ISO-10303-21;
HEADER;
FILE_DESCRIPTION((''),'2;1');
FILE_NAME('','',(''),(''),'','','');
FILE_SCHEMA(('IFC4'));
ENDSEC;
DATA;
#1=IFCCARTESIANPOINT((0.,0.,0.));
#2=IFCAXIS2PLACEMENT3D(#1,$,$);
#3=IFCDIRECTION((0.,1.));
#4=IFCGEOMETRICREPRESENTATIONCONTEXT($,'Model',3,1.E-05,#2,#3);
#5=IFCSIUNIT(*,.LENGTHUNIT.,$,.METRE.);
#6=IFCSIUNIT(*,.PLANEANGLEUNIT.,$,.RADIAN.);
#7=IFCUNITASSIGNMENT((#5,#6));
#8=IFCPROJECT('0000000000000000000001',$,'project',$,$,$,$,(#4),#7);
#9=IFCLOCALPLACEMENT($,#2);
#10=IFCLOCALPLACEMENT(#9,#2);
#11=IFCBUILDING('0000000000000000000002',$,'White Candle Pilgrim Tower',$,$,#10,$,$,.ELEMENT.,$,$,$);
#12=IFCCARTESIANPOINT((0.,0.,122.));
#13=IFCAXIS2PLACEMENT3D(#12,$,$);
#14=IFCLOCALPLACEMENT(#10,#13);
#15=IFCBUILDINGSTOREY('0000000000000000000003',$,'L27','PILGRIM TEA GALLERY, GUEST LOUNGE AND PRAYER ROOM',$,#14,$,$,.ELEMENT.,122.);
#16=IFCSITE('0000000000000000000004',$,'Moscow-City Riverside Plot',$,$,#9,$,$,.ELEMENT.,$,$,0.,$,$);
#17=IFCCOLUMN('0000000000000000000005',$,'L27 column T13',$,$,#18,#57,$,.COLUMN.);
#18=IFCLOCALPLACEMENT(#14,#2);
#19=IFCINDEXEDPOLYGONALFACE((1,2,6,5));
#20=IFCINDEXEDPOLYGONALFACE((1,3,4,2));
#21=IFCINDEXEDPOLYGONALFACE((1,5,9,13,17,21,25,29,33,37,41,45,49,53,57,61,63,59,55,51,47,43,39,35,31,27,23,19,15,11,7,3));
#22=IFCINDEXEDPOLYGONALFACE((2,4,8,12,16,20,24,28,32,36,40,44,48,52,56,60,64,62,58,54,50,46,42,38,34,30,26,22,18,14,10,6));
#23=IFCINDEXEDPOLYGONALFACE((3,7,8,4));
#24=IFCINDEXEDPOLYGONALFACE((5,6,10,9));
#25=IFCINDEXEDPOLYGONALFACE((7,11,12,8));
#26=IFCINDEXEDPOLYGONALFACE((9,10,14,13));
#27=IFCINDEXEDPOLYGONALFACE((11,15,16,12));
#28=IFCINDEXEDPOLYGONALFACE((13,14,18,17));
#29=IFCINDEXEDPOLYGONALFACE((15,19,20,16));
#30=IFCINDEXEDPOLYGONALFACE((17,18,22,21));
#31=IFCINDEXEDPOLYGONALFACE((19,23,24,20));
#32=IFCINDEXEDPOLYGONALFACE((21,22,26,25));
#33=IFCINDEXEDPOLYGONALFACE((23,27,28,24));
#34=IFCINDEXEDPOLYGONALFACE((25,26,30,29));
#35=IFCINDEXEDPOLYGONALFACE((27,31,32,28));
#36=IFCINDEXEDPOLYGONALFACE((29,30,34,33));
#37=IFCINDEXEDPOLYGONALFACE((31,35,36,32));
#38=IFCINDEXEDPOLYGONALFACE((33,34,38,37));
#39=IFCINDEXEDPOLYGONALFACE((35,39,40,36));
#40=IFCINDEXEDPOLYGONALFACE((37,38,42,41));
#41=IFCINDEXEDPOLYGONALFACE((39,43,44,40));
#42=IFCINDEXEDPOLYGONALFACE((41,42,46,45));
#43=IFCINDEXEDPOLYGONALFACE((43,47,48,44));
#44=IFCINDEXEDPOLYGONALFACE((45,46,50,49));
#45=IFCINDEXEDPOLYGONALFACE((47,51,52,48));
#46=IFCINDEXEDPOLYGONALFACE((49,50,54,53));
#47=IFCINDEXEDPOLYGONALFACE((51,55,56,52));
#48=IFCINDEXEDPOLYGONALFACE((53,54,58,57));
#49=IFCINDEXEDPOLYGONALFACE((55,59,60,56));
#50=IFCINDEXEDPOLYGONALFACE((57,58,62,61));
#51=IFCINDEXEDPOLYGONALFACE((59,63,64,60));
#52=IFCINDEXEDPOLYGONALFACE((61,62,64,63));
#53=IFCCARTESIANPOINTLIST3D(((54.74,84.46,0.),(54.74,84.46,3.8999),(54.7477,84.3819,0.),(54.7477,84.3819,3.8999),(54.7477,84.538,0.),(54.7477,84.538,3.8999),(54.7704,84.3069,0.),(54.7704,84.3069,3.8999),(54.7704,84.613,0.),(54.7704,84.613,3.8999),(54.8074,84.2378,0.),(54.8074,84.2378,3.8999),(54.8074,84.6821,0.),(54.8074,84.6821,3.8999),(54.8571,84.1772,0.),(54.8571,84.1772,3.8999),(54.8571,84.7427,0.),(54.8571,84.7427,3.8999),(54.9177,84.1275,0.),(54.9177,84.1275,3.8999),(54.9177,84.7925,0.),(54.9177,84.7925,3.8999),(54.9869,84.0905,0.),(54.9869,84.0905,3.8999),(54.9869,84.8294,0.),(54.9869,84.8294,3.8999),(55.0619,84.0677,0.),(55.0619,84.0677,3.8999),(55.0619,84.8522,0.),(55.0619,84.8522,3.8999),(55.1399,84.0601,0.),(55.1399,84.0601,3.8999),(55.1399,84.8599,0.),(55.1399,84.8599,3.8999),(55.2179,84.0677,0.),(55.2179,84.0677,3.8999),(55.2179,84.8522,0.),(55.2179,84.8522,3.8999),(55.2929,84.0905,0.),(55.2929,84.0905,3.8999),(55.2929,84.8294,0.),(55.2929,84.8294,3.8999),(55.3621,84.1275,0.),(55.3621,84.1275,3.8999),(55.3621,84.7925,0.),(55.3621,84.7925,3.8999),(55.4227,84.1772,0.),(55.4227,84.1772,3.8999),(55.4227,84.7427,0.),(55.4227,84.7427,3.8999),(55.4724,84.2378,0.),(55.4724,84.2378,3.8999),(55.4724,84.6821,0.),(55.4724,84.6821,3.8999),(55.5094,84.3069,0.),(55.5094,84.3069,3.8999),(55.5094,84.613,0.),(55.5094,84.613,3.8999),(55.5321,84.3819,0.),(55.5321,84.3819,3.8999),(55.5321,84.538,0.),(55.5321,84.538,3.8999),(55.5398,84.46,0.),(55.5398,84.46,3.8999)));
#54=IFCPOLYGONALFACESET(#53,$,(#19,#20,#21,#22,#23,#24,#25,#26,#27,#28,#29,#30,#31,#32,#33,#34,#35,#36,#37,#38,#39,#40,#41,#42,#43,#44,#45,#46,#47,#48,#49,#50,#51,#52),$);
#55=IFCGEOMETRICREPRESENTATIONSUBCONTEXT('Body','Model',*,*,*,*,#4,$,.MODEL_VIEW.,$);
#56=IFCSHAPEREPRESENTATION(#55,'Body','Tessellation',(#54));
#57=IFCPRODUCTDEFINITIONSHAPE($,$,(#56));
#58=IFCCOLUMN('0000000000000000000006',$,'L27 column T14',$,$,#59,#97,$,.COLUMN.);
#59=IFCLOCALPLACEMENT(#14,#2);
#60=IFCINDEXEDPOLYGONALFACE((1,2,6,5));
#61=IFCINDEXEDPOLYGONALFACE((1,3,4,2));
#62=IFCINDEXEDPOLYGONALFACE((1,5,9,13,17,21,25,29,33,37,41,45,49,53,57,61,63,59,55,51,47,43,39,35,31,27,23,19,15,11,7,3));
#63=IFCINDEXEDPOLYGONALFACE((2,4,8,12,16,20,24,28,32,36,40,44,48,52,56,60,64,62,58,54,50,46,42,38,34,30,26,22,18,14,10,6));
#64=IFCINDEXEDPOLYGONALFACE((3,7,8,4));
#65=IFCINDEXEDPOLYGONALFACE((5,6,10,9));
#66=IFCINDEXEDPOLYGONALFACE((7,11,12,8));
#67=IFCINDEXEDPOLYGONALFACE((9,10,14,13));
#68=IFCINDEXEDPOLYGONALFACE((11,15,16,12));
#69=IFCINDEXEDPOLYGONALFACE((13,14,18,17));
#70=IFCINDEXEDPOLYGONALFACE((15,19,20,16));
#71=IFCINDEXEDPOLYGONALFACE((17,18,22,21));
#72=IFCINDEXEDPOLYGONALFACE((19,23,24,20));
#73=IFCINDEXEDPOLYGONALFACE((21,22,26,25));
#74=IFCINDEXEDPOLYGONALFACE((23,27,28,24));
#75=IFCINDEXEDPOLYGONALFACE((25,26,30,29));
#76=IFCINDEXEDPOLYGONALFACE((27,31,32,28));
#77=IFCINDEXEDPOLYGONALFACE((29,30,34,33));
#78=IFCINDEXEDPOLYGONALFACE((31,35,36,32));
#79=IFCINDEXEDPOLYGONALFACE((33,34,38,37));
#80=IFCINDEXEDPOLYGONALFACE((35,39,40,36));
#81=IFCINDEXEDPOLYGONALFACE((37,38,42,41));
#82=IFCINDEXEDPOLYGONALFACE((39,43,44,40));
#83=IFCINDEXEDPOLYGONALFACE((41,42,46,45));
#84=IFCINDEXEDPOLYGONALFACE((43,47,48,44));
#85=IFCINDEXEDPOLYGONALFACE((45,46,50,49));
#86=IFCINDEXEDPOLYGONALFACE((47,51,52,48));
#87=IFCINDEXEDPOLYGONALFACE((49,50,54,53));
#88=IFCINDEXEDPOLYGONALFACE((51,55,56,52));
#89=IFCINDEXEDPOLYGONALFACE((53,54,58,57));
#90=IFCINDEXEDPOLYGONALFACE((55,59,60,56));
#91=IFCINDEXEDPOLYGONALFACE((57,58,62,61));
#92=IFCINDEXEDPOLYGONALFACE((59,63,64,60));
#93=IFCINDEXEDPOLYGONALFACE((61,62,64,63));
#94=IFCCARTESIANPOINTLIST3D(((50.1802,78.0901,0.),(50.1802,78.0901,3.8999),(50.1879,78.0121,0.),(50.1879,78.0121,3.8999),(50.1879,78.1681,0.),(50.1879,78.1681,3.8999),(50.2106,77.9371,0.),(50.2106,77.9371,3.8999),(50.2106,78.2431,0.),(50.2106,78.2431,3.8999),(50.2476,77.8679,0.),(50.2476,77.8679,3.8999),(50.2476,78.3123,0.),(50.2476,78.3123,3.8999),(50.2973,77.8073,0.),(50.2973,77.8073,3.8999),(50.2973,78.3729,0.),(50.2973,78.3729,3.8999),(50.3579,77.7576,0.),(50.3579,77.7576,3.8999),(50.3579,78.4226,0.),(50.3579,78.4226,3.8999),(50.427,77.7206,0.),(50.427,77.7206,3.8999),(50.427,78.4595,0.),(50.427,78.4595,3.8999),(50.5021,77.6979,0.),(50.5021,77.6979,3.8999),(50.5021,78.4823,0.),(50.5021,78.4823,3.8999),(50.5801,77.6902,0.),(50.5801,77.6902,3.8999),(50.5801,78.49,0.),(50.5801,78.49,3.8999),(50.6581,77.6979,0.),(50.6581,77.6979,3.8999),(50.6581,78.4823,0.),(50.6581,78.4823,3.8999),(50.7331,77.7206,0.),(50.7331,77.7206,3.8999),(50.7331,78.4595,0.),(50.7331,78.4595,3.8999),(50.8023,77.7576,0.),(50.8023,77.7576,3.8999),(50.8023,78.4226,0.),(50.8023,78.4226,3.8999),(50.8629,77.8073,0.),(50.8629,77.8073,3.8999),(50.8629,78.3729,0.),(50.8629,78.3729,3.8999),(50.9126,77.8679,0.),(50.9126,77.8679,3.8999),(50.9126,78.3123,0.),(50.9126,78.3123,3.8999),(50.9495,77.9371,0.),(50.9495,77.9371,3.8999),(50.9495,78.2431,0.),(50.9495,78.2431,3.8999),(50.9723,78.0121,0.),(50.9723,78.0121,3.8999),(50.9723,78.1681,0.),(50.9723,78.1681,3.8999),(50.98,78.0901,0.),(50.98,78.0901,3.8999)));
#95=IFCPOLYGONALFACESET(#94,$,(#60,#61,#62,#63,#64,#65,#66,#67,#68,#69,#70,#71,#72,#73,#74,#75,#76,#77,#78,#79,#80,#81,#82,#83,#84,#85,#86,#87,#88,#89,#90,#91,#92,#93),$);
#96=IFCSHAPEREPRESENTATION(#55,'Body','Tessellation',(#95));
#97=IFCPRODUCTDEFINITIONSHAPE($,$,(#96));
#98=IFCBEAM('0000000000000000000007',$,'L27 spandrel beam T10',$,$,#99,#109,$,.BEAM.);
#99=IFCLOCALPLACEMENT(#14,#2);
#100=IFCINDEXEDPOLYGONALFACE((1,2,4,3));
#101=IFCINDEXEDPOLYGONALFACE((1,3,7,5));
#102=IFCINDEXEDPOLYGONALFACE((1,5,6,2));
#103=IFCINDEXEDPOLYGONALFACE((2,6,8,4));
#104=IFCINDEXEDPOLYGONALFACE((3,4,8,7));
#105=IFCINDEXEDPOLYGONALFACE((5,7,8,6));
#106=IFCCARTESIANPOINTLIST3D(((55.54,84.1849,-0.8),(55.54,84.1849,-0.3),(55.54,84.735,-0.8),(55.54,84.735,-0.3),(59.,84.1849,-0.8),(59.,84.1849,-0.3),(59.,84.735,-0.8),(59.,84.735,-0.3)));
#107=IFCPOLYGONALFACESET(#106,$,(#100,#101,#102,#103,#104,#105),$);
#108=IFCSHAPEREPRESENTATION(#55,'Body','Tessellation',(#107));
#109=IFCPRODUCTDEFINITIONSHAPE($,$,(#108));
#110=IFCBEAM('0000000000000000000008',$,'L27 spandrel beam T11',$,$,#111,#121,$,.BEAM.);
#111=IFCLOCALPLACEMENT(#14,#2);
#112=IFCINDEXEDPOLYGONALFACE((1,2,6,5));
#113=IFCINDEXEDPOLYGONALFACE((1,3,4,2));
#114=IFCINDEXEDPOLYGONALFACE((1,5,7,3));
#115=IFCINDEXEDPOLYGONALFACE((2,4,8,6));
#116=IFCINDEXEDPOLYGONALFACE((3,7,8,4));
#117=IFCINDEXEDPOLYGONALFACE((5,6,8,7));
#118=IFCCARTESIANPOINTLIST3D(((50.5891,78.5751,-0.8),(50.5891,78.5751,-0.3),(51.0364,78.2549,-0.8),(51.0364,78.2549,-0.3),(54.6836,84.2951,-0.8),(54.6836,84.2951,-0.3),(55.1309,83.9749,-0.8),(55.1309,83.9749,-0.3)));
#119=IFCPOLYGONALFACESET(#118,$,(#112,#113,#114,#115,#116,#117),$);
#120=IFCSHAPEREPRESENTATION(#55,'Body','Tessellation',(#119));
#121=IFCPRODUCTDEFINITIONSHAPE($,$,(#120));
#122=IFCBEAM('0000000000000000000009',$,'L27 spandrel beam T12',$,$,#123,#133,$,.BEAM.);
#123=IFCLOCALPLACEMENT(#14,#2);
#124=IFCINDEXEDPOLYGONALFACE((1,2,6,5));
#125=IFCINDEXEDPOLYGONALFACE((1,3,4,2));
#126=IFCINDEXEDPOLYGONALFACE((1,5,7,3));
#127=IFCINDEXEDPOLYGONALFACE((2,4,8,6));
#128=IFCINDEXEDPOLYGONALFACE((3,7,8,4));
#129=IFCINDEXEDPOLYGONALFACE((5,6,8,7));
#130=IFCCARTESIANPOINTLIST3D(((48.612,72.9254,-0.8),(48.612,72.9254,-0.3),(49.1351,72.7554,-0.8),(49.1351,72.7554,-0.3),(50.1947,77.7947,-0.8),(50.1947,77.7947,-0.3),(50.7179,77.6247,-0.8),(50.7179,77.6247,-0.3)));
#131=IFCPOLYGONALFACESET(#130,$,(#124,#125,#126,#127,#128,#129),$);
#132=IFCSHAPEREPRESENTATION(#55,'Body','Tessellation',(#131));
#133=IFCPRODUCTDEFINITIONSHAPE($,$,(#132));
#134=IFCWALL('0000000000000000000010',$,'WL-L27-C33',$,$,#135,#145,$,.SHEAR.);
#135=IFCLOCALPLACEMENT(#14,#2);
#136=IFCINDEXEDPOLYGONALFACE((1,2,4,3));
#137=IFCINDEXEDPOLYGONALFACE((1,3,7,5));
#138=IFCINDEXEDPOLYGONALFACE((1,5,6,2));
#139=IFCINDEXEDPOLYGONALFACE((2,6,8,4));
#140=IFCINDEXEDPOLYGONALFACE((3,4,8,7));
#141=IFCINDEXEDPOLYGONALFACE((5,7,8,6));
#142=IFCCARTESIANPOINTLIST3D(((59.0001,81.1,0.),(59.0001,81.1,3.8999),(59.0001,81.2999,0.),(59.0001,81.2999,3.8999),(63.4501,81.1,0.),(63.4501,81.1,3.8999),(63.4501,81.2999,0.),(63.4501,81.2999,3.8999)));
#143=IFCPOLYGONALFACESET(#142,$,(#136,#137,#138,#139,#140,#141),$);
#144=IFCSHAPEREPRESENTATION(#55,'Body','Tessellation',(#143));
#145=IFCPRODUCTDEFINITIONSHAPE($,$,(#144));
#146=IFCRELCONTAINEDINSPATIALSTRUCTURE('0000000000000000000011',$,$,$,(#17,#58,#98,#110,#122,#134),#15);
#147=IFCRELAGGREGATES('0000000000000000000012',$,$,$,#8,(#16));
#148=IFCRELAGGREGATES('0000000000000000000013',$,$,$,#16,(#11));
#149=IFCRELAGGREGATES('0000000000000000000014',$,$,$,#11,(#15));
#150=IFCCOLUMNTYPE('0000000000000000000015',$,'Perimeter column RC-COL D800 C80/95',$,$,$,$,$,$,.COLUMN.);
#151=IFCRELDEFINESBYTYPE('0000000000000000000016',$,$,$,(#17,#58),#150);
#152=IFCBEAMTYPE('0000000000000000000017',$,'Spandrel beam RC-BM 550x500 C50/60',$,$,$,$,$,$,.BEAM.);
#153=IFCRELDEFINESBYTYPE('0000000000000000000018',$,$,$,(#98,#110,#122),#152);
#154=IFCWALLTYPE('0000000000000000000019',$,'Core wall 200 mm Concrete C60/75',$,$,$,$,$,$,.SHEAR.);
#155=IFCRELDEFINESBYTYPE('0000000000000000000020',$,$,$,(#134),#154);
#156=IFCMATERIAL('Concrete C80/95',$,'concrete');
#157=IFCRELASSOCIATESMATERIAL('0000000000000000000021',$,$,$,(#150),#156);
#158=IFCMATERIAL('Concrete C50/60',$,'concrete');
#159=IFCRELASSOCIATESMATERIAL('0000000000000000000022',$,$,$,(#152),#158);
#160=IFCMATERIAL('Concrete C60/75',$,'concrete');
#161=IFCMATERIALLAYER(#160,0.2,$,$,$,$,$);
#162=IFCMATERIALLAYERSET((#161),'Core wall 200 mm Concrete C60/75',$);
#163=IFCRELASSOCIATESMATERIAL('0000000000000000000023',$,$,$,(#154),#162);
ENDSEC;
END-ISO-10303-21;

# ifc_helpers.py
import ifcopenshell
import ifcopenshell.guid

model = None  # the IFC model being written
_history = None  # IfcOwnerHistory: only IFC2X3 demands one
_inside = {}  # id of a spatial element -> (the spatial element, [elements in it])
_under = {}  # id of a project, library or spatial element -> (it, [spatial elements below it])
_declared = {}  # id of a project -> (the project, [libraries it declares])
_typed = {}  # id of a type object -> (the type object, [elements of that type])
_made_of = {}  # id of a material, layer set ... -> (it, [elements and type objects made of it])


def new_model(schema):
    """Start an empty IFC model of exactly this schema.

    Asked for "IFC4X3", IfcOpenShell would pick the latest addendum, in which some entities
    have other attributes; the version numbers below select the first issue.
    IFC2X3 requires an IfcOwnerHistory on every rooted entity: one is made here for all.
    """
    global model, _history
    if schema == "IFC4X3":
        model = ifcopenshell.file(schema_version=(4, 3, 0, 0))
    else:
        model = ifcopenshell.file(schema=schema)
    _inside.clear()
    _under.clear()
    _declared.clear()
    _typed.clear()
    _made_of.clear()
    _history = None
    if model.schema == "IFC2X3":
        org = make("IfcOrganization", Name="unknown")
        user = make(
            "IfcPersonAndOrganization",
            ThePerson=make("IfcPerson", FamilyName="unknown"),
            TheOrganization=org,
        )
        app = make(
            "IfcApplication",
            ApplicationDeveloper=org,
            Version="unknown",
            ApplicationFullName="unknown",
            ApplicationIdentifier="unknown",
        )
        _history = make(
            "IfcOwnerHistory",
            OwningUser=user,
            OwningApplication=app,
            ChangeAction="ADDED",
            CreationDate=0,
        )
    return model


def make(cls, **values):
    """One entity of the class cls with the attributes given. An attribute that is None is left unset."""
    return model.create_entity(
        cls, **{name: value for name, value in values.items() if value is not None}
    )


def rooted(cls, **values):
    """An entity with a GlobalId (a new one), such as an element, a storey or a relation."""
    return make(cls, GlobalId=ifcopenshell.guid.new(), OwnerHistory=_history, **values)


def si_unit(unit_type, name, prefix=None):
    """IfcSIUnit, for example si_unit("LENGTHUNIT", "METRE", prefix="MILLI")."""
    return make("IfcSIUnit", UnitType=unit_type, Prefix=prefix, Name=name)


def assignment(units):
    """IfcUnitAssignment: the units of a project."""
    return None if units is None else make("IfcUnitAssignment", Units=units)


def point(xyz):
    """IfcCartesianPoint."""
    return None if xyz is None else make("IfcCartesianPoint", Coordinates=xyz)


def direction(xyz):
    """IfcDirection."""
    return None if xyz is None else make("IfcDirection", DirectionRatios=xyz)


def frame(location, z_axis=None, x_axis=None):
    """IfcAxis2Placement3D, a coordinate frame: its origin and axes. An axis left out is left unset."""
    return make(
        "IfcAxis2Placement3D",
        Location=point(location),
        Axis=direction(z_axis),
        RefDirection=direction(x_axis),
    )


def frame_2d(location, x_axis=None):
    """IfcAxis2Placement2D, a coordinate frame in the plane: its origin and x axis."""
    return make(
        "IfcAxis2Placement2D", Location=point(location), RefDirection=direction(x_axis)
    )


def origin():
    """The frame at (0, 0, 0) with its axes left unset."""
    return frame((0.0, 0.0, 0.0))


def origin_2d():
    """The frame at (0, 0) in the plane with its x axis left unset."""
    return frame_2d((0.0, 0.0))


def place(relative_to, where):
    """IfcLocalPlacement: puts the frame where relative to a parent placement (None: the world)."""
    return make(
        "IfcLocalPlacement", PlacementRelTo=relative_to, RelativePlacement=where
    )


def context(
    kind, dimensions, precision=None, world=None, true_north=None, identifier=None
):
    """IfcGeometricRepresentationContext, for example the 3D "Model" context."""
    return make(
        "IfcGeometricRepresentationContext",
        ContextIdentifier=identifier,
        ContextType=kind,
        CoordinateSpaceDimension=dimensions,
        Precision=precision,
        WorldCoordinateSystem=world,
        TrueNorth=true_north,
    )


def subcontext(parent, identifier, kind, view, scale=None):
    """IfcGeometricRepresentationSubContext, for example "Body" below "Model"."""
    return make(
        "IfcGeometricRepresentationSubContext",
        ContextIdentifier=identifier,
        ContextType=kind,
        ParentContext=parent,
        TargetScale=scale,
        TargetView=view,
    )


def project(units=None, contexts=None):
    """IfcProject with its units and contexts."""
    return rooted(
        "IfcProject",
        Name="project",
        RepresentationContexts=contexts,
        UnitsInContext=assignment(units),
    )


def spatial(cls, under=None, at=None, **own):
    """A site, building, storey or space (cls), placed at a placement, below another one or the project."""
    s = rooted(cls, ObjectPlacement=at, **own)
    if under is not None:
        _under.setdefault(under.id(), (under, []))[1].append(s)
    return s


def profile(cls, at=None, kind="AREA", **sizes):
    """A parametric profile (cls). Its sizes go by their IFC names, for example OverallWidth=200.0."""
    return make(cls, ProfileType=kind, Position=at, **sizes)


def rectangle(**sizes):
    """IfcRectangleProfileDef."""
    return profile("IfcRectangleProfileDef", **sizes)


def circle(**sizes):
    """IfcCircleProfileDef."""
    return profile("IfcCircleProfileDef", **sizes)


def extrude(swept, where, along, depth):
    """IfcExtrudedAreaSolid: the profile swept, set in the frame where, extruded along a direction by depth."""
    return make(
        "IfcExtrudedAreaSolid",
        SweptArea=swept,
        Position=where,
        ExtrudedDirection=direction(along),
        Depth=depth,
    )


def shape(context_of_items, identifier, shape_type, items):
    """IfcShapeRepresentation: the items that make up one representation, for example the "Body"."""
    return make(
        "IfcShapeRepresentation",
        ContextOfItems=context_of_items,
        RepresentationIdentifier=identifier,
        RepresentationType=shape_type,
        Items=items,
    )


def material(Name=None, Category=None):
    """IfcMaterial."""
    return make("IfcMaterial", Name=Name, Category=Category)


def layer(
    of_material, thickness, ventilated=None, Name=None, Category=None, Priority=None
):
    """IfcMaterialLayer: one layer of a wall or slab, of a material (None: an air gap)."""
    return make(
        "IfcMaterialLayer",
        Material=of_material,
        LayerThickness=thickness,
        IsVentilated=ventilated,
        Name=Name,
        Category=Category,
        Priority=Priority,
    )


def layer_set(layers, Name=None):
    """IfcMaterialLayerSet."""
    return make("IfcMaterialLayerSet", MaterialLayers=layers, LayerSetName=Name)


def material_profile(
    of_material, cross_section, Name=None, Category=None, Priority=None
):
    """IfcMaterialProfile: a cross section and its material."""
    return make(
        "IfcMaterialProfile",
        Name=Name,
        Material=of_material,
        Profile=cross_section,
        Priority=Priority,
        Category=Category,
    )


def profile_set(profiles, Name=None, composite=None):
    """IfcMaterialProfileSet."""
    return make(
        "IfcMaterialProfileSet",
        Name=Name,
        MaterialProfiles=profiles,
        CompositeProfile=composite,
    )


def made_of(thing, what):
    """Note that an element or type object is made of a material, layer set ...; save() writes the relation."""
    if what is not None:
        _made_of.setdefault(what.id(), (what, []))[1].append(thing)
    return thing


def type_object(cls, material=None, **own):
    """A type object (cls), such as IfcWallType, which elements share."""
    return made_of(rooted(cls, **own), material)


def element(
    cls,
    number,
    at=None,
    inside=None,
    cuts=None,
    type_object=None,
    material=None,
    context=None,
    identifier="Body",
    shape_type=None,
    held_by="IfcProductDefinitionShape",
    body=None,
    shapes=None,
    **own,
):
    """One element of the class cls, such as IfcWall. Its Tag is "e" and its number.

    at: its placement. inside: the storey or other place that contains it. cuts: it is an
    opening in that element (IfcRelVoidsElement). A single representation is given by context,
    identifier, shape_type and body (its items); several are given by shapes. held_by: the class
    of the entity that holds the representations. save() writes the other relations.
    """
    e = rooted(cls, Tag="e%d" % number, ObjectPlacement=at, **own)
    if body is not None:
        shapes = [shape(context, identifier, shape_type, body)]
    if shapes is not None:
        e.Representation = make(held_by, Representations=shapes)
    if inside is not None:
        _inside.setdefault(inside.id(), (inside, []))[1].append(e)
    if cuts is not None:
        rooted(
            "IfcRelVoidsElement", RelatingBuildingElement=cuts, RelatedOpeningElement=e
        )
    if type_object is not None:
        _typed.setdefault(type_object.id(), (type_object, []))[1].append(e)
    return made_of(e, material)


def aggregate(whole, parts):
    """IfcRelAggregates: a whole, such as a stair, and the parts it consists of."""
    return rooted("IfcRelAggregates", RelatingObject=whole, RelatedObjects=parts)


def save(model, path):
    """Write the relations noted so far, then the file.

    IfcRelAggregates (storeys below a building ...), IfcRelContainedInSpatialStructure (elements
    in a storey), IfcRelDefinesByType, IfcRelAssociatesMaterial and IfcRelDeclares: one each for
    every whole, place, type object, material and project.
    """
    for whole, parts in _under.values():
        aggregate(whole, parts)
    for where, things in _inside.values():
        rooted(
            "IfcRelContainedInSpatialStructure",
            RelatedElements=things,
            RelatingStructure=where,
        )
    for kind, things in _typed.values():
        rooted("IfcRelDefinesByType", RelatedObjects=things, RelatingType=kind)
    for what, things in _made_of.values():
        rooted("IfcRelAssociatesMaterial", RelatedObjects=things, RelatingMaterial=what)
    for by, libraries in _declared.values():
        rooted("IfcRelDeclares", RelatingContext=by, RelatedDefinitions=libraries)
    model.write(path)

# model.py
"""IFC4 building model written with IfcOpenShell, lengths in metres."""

from ifc_helpers import new_model, si_unit, direction, frame, frame_2d, origin, origin_2d, place, context, subcontext, project, spatial, rectangle, circle, extrude, material, layer, layer_set, material_profile, profile_set, type_object, element, save


model = new_model("IFC4")

# Units and contexts
model_context = context("Model", 3, precision=1e-05, world=origin(), true_north=direction((0.0, 1.0)))
body_context = subcontext(model_context, "Body", "Model", "MODEL_VIEW")
ifc_project = project(units=[si_unit("LENGTHUNIT", "METRE"), si_unit("PLANEANGLEUNIT", "RADIAN")], contexts=[model_context])

# Site, building, storey
site_placement = place(None, origin())
site = spatial("IfcSite", under=ifc_project, at=site_placement, Name="Moscow-City Riverside Plot", CompositionType="ELEMENT", RefElevation=0.0)
building_placement = place(site_placement, origin())
building = spatial("IfcBuilding", under=site, at=building_placement, Name="White Candle Pilgrim Tower", CompositionType="ELEMENT")
storey_placement = place(building_placement, frame((0.0, 0.0, 122.0)))
storey = spatial("IfcBuildingStorey", under=building, at=storey_placement, Name="L27", Description="PILGRIM TEA GALLERY, GUEST LOUNGE AND PRAYER ROOM", CompositionType="ELEMENT", Elevation=122.0)

# Columns
ifc_material_1 = material(Name="Concrete C80/95", Category="concrete")
ifc_material_profile_1 = material_profile(ifc_material_1, circle(Radius=0.3999, at=origin_2d()), Name="RC-COL D800")
ifc_profile_set_1 = profile_set([ifc_material_profile_1], Name="Concrete C80/95")
column_type = type_object("IfcColumnType", Name="Perimeter column RC-COL D800 C80/95", PredefinedType="COLUMN", material=ifc_profile_set_1)
for number, where, z_axis, x_axis, name in (
    (1, (55.1399, 84.46, 0.0), (0.0, 0.0, 1.0), (1.0, 0.0, 0.0), "L27 column T13"),
    (2, (50.5801, 78.0901, 0.0), (0.0, 0.0, 1.0), (1.0, 0.0, 0.0), "L27 column T14"),
):
    element("IfcColumn", number, at=place(storey_placement, frame(where, z_axis=z_axis, x_axis=x_axis)), inside=storey, type_object=column_type, Name=name, PredefinedType="COLUMN", context=body_context, shape_type="SweptSolid", body=[
        extrude(circle(Radius=0.3999, at=origin_2d()), origin(), (0.0, 0.0, 1.0), 3.8999),
    ])

# Beams
ifc_material_2 = material(Name="Concrete C50/60", Category="concrete")
ifc_material_profile_2 = material_profile(ifc_material_2, rectangle(XDim=0.55, YDim=0.5, at=origin_2d()), Name="RC-BM 550x500")
ifc_profile_set_2 = profile_set([ifc_material_profile_2], Name="Concrete C50/60")
beam_type = type_object("IfcBeamType", Name="Spandrel beam RC-BM 550x500 C50/60", PredefinedType="BEAM", material=ifc_profile_set_2)
beam_1_placement = place(storey_placement, frame((55.54, 84.46, -0.55), z_axis=(1.0, 0.0, 0.0), x_axis=(0.0, 1.0, 0.0)))
element("IfcBeam", 3, at=beam_1_placement, inside=storey, type_object=beam_type, Name="L27 spandrel beam T10", PredefinedType="BEAM", context=body_context, shape_type="SweptSolid", body=[
    extrude(rectangle(XDim=0.55, YDim=0.5, at=origin_2d()), origin(), (0.0, 0.0, 1.0), 3.46),
])
beam_2_placement = place(storey_placement, frame((54.9072, 84.135, -0.55), z_axis=(-0.582065, -0.813142, 0.0), x_axis=(0.813142, -0.582065, 0.0)))
element("IfcBeam", 4, at=beam_2_placement, inside=storey, type_object=beam_type, Name="L27 spandrel beam T11", PredefinedType="BEAM", context=body_context, shape_type="SweptSolid", body=[
    extrude(rectangle(XDim=0.55, YDim=0.5, at=origin_2d()), origin(), (0.0, 0.0, 1.0), 7.0344),
])
beam_3_placement = place(storey_placement, frame((50.4563, 77.7097, -0.55), z_axis=(-0.309124, -0.951022, 0.0), x_axis=(0.951022, -0.309124, 0.0)))
element("IfcBeam", 5, at=beam_3_placement, inside=storey, type_object=beam_type, Name="L27 spandrel beam T12", PredefinedType="BEAM", context=body_context, shape_type="SweptSolid", body=[
    extrude(rectangle(XDim=0.55, YDim=0.5, at=origin_2d()), origin(), (0.0, 0.0, 1.0), 5.1201),
])

# Wall
ifc_material_3 = material(Name="Concrete C60/75", Category="concrete")
ifc_layer_1 = layer(ifc_material_3, 0.2)
ifc_layer_set_1 = layer_set([ifc_layer_1], Name="Core wall 200 mm Concrete C60/75")
wall_type_1 = type_object("IfcWallType", Name="Core wall 200 mm Concrete C60/75", PredefinedType="SHEAR", material=ifc_layer_set_1)
wall_1_placement = place(storey_placement, frame((59.0, 81.2, 0.0), z_axis=(0.0, 0.0, 1.0), x_axis=(1.0, 0.0, 0.0)))
element("IfcWall", 6, at=wall_1_placement, inside=storey, type_object=wall_type_1, Name="WL-L27-C33", PredefinedType="SHEAR", context=body_context, shape_type="SweptSolid", body=[
    extrude(rectangle(XDim=4.45, YDim=0.2, at=frame_2d((2.2251, 0.0))), origin(), (0.0, 0.0, 1.0), 3.8999),
])

save(model, "model.ifc")
